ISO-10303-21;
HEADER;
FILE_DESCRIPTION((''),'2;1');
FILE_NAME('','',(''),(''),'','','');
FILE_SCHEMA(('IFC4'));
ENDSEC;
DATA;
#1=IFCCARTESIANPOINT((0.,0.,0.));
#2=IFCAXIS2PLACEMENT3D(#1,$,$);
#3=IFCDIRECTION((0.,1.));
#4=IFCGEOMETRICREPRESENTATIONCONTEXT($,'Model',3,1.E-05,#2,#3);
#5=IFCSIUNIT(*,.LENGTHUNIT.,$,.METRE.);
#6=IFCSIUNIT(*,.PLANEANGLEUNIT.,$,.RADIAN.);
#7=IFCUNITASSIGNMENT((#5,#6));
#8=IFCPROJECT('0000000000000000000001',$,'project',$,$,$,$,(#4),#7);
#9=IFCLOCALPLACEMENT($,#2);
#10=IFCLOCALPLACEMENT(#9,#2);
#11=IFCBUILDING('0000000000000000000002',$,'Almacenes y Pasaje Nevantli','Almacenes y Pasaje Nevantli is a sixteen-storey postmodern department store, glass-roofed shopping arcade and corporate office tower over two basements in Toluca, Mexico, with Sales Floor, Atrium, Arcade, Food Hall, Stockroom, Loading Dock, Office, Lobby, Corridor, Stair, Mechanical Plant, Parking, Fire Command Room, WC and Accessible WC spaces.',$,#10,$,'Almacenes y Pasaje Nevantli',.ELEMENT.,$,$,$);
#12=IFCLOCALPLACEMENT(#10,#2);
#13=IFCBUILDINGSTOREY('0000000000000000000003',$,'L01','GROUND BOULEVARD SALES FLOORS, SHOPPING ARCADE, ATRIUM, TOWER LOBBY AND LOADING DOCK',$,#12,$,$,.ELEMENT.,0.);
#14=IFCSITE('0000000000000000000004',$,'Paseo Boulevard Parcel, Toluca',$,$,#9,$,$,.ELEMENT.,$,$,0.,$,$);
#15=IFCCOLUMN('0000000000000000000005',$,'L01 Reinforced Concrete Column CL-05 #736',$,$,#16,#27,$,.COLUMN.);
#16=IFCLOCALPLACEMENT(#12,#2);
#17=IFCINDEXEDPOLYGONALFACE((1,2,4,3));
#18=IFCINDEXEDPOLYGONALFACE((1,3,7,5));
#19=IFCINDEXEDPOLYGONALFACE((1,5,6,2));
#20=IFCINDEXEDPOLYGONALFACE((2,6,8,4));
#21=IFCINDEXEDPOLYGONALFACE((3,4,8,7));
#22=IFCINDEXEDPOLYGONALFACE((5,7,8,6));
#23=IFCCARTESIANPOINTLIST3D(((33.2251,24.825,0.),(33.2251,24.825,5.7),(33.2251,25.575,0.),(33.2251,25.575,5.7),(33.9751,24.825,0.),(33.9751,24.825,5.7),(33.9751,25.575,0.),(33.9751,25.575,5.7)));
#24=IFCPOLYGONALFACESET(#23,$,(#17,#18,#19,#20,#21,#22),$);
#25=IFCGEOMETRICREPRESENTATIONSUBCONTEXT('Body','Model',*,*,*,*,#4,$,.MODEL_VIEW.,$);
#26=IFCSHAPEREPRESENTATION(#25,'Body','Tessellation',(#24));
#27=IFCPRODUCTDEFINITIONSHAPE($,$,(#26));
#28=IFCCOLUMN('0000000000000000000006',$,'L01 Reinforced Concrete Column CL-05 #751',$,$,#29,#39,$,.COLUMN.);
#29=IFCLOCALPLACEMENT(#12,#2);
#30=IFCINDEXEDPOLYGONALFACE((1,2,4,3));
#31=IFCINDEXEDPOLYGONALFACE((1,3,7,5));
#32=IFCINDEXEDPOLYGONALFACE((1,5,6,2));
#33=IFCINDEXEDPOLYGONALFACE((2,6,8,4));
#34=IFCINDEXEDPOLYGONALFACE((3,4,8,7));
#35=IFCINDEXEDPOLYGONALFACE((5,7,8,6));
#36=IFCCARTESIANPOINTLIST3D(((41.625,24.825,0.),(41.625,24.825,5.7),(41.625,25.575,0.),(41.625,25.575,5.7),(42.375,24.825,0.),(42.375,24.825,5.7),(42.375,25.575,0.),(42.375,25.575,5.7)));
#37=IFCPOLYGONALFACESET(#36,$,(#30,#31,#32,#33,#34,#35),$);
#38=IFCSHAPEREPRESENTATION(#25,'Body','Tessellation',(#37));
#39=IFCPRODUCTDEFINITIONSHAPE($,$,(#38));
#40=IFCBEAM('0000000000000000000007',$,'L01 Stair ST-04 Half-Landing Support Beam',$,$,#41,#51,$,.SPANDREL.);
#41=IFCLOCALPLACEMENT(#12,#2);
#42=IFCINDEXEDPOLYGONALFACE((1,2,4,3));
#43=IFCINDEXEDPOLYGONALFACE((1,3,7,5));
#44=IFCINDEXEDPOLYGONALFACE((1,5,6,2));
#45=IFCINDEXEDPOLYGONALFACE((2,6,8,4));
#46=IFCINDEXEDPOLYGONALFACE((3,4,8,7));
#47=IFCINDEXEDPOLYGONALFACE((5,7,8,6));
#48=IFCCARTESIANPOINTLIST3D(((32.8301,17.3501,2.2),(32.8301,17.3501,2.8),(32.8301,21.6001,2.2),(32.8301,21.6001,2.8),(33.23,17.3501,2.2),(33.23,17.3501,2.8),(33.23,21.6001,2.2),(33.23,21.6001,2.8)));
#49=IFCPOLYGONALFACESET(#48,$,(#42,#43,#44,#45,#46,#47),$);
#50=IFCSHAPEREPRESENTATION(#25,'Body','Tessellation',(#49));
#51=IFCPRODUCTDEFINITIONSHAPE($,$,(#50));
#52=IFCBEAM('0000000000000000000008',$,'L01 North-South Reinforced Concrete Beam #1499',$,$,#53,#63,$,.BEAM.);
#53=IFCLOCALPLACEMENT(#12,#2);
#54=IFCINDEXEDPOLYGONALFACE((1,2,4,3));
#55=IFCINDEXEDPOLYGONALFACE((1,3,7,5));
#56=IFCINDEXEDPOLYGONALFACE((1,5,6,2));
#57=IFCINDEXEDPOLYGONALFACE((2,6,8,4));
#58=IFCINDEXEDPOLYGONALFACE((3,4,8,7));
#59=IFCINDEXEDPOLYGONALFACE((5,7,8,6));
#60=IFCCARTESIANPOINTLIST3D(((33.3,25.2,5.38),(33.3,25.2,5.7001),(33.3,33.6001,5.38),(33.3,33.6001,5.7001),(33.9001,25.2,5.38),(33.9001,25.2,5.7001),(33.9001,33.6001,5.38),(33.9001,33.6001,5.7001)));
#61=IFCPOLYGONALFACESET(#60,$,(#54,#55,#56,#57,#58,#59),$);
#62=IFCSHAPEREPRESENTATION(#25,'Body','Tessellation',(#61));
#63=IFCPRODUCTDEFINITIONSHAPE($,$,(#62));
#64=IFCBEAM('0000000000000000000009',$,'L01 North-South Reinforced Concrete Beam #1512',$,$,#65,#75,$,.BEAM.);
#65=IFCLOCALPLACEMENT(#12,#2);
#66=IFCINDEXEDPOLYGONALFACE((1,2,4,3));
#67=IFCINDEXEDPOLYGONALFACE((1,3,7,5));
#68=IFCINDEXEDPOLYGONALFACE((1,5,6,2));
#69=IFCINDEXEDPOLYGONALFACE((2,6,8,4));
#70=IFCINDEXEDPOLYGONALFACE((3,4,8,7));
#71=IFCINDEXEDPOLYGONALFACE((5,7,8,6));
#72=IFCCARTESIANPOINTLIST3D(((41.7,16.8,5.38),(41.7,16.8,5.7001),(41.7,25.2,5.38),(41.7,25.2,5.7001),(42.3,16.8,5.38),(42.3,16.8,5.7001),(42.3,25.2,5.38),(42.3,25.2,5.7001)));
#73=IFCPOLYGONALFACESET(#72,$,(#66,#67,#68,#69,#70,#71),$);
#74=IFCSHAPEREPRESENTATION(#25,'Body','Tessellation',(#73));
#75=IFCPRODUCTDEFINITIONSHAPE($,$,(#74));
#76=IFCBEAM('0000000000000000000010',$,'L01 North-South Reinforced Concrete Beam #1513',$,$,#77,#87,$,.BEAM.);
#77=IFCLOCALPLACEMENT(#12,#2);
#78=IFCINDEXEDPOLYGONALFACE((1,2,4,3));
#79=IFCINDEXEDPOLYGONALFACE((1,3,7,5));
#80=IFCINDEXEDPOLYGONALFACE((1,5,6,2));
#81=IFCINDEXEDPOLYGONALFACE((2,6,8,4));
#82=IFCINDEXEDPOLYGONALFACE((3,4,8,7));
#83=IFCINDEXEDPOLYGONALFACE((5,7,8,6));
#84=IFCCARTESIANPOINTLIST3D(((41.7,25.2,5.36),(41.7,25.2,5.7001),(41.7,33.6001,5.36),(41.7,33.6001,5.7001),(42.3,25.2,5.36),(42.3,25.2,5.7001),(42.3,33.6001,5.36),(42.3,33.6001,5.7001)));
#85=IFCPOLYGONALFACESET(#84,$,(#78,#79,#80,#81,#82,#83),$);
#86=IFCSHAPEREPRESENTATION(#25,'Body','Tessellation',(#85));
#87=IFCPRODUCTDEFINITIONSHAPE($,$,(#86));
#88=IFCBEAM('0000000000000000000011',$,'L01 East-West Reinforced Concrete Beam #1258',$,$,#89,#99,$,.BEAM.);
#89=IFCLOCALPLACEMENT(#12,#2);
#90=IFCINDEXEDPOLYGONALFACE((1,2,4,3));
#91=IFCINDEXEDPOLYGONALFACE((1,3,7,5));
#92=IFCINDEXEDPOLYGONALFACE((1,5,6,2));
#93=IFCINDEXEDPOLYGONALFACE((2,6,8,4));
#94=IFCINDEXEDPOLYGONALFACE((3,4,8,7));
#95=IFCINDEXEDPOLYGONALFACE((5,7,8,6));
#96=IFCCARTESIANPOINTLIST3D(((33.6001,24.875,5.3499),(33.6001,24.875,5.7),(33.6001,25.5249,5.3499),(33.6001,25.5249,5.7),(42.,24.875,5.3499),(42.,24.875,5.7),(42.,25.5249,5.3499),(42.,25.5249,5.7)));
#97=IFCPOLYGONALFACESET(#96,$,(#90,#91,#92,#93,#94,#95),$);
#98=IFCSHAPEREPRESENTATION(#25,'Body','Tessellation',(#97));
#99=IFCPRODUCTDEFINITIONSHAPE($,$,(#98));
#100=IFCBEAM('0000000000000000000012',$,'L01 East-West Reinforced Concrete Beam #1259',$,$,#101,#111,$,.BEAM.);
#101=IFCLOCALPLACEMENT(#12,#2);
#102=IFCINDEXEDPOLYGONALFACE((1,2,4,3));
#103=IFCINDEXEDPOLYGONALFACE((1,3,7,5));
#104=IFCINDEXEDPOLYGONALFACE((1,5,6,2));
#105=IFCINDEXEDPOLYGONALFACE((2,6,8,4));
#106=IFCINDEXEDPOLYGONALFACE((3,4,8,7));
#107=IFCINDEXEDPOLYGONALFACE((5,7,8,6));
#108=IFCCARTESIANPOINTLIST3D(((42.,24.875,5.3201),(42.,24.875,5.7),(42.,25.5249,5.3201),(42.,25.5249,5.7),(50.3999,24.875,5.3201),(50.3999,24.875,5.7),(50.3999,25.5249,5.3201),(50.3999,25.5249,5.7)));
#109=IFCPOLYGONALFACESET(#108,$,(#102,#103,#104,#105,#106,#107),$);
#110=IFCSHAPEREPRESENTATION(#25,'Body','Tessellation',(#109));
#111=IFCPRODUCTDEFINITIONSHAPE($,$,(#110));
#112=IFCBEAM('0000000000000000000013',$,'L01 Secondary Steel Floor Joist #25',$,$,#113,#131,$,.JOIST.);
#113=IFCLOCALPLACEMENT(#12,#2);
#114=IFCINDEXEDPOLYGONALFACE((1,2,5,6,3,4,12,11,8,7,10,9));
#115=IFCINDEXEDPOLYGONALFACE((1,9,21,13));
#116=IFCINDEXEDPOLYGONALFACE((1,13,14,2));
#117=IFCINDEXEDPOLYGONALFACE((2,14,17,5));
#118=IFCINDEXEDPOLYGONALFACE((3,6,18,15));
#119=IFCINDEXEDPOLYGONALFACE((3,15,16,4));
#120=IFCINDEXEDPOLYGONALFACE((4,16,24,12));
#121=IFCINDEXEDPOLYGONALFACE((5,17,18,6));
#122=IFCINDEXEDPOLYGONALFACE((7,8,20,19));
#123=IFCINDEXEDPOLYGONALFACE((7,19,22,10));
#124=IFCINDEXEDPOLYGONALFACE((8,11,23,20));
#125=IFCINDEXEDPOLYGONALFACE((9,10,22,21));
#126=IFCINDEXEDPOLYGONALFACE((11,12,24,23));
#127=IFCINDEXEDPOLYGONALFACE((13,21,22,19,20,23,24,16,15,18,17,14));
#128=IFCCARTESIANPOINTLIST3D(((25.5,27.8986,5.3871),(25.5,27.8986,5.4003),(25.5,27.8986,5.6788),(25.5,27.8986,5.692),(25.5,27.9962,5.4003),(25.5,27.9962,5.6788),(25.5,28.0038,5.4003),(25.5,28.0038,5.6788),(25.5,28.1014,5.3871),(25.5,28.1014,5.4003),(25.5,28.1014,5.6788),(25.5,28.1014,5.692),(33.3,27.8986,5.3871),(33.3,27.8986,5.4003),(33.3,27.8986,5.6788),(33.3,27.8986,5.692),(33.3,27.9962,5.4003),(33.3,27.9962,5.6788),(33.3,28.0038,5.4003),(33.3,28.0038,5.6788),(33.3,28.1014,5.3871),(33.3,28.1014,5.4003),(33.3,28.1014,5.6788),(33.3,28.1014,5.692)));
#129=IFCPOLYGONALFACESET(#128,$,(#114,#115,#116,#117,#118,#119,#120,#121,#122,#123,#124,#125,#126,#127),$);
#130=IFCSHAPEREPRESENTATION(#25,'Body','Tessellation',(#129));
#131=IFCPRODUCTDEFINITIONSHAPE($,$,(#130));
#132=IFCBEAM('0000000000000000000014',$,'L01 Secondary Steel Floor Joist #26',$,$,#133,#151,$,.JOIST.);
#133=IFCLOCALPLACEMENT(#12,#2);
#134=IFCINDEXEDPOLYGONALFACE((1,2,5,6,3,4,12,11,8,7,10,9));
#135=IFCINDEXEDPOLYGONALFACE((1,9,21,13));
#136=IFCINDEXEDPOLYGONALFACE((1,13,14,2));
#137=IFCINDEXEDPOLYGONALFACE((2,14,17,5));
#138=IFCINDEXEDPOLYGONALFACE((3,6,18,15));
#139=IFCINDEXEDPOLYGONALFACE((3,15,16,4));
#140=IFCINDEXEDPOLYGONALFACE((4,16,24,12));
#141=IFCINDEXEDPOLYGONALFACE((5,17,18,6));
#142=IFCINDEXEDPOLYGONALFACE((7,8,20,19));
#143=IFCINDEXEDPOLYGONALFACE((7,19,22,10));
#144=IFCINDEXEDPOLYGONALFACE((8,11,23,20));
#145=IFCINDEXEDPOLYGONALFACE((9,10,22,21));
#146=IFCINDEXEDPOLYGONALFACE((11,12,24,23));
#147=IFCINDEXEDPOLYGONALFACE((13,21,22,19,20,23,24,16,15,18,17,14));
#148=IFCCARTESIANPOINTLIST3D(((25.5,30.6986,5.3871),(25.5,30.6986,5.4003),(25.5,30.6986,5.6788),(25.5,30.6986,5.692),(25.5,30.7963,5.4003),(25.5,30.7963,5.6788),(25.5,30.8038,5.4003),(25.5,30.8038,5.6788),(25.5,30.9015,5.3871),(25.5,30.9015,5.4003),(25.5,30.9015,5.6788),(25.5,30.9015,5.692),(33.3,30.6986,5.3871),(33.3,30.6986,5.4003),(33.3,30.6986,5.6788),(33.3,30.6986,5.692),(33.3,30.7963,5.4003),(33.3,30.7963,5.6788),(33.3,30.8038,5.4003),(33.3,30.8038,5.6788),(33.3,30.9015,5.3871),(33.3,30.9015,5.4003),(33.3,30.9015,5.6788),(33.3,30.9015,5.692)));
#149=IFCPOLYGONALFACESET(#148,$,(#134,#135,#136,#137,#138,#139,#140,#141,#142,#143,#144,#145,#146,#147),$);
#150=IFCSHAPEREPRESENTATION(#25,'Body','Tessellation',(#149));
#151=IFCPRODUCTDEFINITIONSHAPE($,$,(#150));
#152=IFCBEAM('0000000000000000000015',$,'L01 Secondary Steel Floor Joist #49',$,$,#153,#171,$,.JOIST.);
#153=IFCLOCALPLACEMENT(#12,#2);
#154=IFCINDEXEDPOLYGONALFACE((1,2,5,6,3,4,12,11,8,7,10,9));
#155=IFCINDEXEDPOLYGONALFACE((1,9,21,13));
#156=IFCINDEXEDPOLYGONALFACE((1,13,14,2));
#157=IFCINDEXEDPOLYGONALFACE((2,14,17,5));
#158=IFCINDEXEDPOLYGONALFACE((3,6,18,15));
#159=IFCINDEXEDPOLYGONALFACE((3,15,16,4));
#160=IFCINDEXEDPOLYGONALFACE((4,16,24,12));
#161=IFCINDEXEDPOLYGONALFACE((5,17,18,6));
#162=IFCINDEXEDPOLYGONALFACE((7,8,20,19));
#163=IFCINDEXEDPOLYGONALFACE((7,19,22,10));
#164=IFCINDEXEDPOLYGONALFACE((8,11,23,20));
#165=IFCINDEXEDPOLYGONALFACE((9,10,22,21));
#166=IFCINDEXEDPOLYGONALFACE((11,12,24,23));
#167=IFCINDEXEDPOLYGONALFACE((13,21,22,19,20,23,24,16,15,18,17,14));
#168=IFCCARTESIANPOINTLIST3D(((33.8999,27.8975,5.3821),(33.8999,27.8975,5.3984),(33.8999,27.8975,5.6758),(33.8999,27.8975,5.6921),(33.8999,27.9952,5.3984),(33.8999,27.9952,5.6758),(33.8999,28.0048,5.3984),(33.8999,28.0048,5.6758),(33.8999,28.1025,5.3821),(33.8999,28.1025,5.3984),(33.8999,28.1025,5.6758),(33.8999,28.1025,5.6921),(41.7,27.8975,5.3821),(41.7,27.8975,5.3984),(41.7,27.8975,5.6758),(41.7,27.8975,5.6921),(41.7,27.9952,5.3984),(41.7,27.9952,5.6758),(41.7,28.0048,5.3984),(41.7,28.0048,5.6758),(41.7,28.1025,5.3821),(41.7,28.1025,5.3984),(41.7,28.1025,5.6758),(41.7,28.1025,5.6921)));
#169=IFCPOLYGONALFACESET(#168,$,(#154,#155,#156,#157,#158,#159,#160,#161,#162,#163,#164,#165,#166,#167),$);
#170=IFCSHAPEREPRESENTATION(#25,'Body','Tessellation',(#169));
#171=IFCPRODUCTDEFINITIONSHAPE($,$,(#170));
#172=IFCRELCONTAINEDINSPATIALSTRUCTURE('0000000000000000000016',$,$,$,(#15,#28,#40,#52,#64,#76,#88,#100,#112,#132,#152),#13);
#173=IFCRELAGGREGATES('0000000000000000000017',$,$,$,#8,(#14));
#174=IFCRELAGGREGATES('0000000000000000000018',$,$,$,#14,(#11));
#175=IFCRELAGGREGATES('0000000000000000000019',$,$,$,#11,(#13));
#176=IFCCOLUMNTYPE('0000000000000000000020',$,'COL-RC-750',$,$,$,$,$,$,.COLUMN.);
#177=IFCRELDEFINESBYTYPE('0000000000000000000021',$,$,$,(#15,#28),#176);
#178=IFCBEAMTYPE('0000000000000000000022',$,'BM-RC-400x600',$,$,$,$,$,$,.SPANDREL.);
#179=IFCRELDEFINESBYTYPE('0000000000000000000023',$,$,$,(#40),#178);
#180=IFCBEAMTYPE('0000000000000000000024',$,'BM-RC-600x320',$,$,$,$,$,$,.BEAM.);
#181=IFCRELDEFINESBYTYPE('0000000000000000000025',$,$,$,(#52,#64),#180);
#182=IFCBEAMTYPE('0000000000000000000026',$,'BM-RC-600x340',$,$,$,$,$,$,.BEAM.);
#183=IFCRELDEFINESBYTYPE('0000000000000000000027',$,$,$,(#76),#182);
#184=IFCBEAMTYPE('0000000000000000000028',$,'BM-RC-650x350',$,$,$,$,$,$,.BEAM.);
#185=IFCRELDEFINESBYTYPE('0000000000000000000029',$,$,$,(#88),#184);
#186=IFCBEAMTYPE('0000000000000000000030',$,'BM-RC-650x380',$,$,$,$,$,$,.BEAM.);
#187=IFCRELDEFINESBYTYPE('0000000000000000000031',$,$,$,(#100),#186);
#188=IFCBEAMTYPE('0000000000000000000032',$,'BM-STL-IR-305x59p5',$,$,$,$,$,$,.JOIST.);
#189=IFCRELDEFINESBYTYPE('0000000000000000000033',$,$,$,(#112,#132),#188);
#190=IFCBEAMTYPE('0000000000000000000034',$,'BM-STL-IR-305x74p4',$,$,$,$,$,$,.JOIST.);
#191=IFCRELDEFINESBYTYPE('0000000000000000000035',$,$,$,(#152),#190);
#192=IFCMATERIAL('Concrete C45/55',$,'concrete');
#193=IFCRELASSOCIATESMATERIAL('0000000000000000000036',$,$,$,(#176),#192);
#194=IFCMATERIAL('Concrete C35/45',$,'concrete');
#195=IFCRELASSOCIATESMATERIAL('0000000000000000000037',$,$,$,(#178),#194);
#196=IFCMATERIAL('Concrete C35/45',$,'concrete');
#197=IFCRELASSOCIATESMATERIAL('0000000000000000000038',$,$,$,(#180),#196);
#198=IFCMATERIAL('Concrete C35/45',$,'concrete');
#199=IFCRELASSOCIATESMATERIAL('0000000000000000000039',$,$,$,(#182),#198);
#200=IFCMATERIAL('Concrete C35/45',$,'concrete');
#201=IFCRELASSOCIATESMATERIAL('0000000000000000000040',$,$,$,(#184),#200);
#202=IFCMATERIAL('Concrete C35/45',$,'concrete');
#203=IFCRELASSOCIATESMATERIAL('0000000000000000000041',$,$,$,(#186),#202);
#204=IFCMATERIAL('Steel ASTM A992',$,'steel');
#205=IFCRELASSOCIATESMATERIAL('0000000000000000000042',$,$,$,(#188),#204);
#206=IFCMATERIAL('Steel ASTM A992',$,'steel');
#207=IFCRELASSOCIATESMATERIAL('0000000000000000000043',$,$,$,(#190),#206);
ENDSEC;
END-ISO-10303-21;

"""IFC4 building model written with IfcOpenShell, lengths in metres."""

from ifc_helpers import new_model, si_unit, direction, frame, origin, origin_2d, place, context, subcontext, project, spatial, rectangle, i_section, extrude, material, material_profile, profile_set, type_object, element, save


model = new_model("IFC4")

# Units and contexts
model_context = context("Model", 3, precision=1e-05, world=origin(), true_north=direction((0.0, 1.0)))
body_context = subcontext(model_context, "Body", "Model", "MODEL_VIEW")
ifc_project = project(units=[si_unit("LENGTHUNIT", "METRE"), si_unit("PLANEANGLEUNIT", "RADIAN")], contexts=[model_context])

# Site, building, storey
site_placement = place(None, origin())
site = spatial("IfcSite", under=ifc_project, at=site_placement, Name="Paseo Boulevard Parcel, Toluca", CompositionType="ELEMENT", RefElevation=0.0)
building_placement = place(site_placement, origin())
building = spatial("IfcBuilding", under=site, at=building_placement, Name="Almacenes y Pasaje Nevantli", Description="Almacenes y Pasaje Nevantli is a sixteen-storey postmodern department store, glass-roofed shopping arcade and corporate office tower over two basements in Toluca, Mexico, with Sales Floor, Atrium, Arcade, Food Hall, Stockroom, Loading Dock, Office, Lobby, Corridor, Stair, Mechanical Plant, Parking, Fire Command Room, WC and Accessible WC spaces.", LongName="Almacenes y Pasaje Nevantli", CompositionType="ELEMENT")
storey_placement = place(building_placement, origin())
storey = spatial("IfcBuildingStorey", under=building, at=storey_placement, Name="L01", Description="GROUND BOULEVARD SALES FLOORS, SHOPPING ARCADE, ATRIUM, TOWER LOBBY AND LOADING DOCK", CompositionType="ELEMENT", Elevation=0.0)

# Columns
ifc_material_1 = material(Name="Concrete C45/55", Category="concrete")
ifc_material_profile_1 = material_profile(ifc_material_1, rectangle(XDim=0.75, YDim=0.75, at=origin_2d()), Name="RC-COL-750x750")
ifc_profile_set_1 = profile_set([ifc_material_profile_1], Name="Concrete C45/55")
column_type = type_object("IfcColumnType", Name="COL-RC-750", PredefinedType="COLUMN", material=ifc_profile_set_1)
for number, where, z_axis, x_axis, name in (
    (1, (33.6001, 25.2, 0.0), (0.0, 0.0, 1.0), (1.0, 0.0, 0.0), "L01 Reinforced Concrete Column CL-05 #736"),
    (2, (42.0, 25.2, 0.0), (0.0, 0.0, 1.0), (1.0, 0.0, 0.0), "L01 Reinforced Concrete Column CL-05 #751"),
):
    element("IfcColumn", number, at=place(storey_placement, frame(where, z_axis=z_axis, x_axis=x_axis)), inside=storey, type_object=column_type, Name=name, PredefinedType="COLUMN", context=body_context, shape_type="SweptSolid", body=[
        extrude(rectangle(XDim=0.75, YDim=0.75, at=origin_2d()), origin(), (0.0, 0.0, 1.0), 5.7),
    ])

# Beams
ifc_material_2 = material(Name="Concrete C35/45", Category="concrete")
ifc_material_profile_2 = material_profile(ifc_material_2, rectangle(XDim=0.3999, YDim=0.6001, at=origin_2d()), Name="RC-BM-400x600")
ifc_profile_set_2 = profile_set([ifc_material_profile_2], Name="Concrete C35/45")
beam_type_1 = type_object("IfcBeamType", Name="BM-RC-400x600", PredefinedType="SPANDREL", material=ifc_profile_set_2)
beam_1_placement = place(storey_placement, frame((33.03, 17.3501, 2.5), z_axis=(0.0, 1.0, 0.0), x_axis=(-1.0, 0.0, 0.0)))
element("IfcBeam", 3, at=beam_1_placement, inside=storey, type_object=beam_type_1, Name="L01 Stair ST-04 Half-Landing Support Beam", PredefinedType="SPANDREL", context=body_context, shape_type="SweptSolid", body=[
    extrude(rectangle(XDim=0.3999, YDim=0.6001, at=origin_2d()), origin(), (0.0, 0.0, 1.0), 4.25),
])
ifc_material_3 = material(Name="Concrete C35/45", Category="concrete")
ifc_material_profile_3 = material_profile(ifc_material_3, rectangle(XDim=0.6001, YDim=0.3201, at=origin_2d()), Name="RC-BM-600x320")
ifc_profile_set_3 = profile_set([ifc_material_profile_3], Name="Concrete C35/45")
beam_type_2 = type_object("IfcBeamType", Name="BM-RC-600x320", PredefinedType="BEAM", material=ifc_profile_set_3)
beam_2_placement = place(storey_placement, frame((33.6001, 25.2, 5.54), z_axis=(0.0, 1.0, 0.0), x_axis=(-1.0, 0.0, 0.0)))
element("IfcBeam", 4, at=beam_2_placement, inside=storey, type_object=beam_type_2, Name="L01 North-South Reinforced Concrete Beam #1499", PredefinedType="BEAM", context=body_context, shape_type="SweptSolid", body=[
    extrude(rectangle(XDim=0.6001, YDim=0.3201, at=origin_2d()), origin(), (0.0, 0.0, 1.0), 8.4001),
])
beam_3_placement = place(storey_placement, frame((42.0, 16.8, 5.54), z_axis=(0.0, 1.0, 0.0), x_axis=(-1.0, 0.0, 0.0)))
element("IfcBeam", 5, at=beam_3_placement, inside=storey, type_object=beam_type_2, Name="L01 North-South Reinforced Concrete Beam #1512", PredefinedType="BEAM", context=body_context, shape_type="SweptSolid", body=[
    extrude(rectangle(XDim=0.6001, YDim=0.3201, at=origin_2d()), origin(), (0.0, 0.0, 1.0), 8.3999),
])
ifc_material_4 = material(Name="Concrete C35/45", Category="concrete")
ifc_material_profile_4 = material_profile(ifc_material_4, rectangle(XDim=0.6001, YDim=0.3401, at=origin_2d()), Name="RC-BM-600x340")
ifc_profile_set_4 = profile_set([ifc_material_profile_4], Name="Concrete C35/45")
beam_type_3 = type_object("IfcBeamType", Name="BM-RC-600x340", PredefinedType="BEAM", material=ifc_profile_set_4)
beam_4_placement = place(storey_placement, frame((42.0, 25.2, 5.53), z_axis=(0.0, 1.0, 0.0), x_axis=(-1.0, 0.0, 0.0)))
element("IfcBeam", 6, at=beam_4_placement, inside=storey, type_object=beam_type_3, Name="L01 North-South Reinforced Concrete Beam #1513", PredefinedType="BEAM", context=body_context, shape_type="SweptSolid", body=[
    extrude(rectangle(XDim=0.6001, YDim=0.3401, at=origin_2d()), origin(), (0.0, 0.0, 1.0), 8.4001),
])
ifc_material_5 = material(Name="Concrete C35/45", Category="concrete")
ifc_material_profile_5 = material_profile(ifc_material_5, rectangle(XDim=0.6499, YDim=0.3501, at=origin_2d()), Name="RC-BM-650x350")
ifc_profile_set_5 = profile_set([ifc_material_profile_5], Name="Concrete C35/45")
beam_type_4 = type_object("IfcBeamType", Name="BM-RC-650x350", PredefinedType="BEAM", material=ifc_profile_set_5)
beam_5_placement = place(storey_placement, frame((33.6001, 25.2, 5.5249), z_axis=(1.0, 0.0, 0.0), x_axis=(0.0, 1.0, 0.0)))
element("IfcBeam", 7, at=beam_5_placement, inside=storey, type_object=beam_type_4, Name="L01 East-West Reinforced Concrete Beam #1258", PredefinedType="BEAM", context=body_context, shape_type="SweptSolid", body=[
    extrude(rectangle(XDim=0.6499, YDim=0.3501, at=origin_2d()), origin(), (0.0, 0.0, 1.0), 8.3999),
])
ifc_material_6 = material(Name="Concrete C35/45", Category="concrete")
ifc_material_profile_6 = material_profile(ifc_material_6, rectangle(XDim=0.6499, YDim=0.3799, at=origin_2d()), Name="RC-BM-650x380")
ifc_profile_set_6 = profile_set([ifc_material_profile_6], Name="Concrete C35/45")
beam_type_5 = type_object("IfcBeamType", Name="BM-RC-650x380", PredefinedType="BEAM", material=ifc_profile_set_6)
beam_6_placement = place(storey_placement, frame((42.0, 25.2, 5.51), z_axis=(1.0, 0.0, 0.0), x_axis=(0.0, 1.0, 0.0)))
element("IfcBeam", 8, at=beam_6_placement, inside=storey, type_object=beam_type_5, Name="L01 East-West Reinforced Concrete Beam #1259", PredefinedType="BEAM", context=body_context, shape_type="SweptSolid", body=[
    extrude(rectangle(XDim=0.6499, YDim=0.3799, at=origin_2d()), origin(), (0.0, 0.0, 1.0), 8.3999),
])
ifc_material_7 = material(Name="Steel ASTM A992", Category="steel")
ifc_material_profile_7 = material_profile(ifc_material_7, i_section(OverallWidth=0.2029, OverallDepth=0.3049, WebThickness=0.0076, FlangeThickness=0.0132, at=origin_2d()), Name="IR 305x59.5")
ifc_profile_set_7 = profile_set([ifc_material_profile_7], Name="Steel ASTM A992")
beam_type_6 = type_object("IfcBeamType", Name="BM-STL-IR-305x59p5", PredefinedType="JOIST", material=ifc_profile_set_7)
for number, where, z_axis, x_axis, name in (
    (9, (25.5, 28.0, 5.5396), (1.0, 0.0, 0.0), (0.0, 1.0, 0.0), "L01 Secondary Steel Floor Joist #25"),
    (10, (25.5, 30.8, 5.5396), (1.0, 0.0, 0.0), (0.0, 1.0, 0.0), "L01 Secondary Steel Floor Joist #26"),
):
    element("IfcBeam", number, at=place(storey_placement, frame(where, z_axis=z_axis, x_axis=x_axis)), inside=storey, type_object=beam_type_6, Name=name, PredefinedType="JOIST", context=body_context, shape_type="SweptSolid", body=[
        extrude(i_section(OverallWidth=0.2029, OverallDepth=0.3049, WebThickness=0.0076, FlangeThickness=0.0132, at=origin_2d()), origin(), (0.0, 0.0, 1.0), 7.8),
    ])
ifc_material_8 = material(Name="Steel ASTM A992", Category="steel")
ifc_material_profile_8 = material_profile(ifc_material_8, i_section(OverallWidth=0.2051, OverallDepth=0.3101, WebThickness=0.0095, FlangeThickness=0.0164, at=origin_2d()), Name="IR 305x74.4")
ifc_profile_set_8 = profile_set([ifc_material_profile_8], Name="Steel ASTM A992")
beam_type_7 = type_object("IfcBeamType", Name="BM-STL-IR-305x74p4", PredefinedType="JOIST", material=ifc_profile_set_8)
for number, where, z_axis, x_axis, name in (
    (11, (33.8999, 28.0, 5.5371), (1.0, 0.0, 0.0), (0.0, 1.0, 0.0), "L01 Secondary Steel Floor Joist #49"),
):
    element("IfcBeam", number, at=place(storey_placement, frame(where, z_axis=z_axis, x_axis=x_axis)), inside=storey, type_object=beam_type_7, Name=name, PredefinedType="JOIST", context=body_context, shape_type="SweptSolid", body=[
        extrude(i_section(OverallWidth=0.2051, OverallDepth=0.3101, WebThickness=0.0095, FlangeThickness=0.0164, at=origin_2d()), origin(), (0.0, 0.0, 1.0), 7.8),
    ])

save(model, "model.ifc")
